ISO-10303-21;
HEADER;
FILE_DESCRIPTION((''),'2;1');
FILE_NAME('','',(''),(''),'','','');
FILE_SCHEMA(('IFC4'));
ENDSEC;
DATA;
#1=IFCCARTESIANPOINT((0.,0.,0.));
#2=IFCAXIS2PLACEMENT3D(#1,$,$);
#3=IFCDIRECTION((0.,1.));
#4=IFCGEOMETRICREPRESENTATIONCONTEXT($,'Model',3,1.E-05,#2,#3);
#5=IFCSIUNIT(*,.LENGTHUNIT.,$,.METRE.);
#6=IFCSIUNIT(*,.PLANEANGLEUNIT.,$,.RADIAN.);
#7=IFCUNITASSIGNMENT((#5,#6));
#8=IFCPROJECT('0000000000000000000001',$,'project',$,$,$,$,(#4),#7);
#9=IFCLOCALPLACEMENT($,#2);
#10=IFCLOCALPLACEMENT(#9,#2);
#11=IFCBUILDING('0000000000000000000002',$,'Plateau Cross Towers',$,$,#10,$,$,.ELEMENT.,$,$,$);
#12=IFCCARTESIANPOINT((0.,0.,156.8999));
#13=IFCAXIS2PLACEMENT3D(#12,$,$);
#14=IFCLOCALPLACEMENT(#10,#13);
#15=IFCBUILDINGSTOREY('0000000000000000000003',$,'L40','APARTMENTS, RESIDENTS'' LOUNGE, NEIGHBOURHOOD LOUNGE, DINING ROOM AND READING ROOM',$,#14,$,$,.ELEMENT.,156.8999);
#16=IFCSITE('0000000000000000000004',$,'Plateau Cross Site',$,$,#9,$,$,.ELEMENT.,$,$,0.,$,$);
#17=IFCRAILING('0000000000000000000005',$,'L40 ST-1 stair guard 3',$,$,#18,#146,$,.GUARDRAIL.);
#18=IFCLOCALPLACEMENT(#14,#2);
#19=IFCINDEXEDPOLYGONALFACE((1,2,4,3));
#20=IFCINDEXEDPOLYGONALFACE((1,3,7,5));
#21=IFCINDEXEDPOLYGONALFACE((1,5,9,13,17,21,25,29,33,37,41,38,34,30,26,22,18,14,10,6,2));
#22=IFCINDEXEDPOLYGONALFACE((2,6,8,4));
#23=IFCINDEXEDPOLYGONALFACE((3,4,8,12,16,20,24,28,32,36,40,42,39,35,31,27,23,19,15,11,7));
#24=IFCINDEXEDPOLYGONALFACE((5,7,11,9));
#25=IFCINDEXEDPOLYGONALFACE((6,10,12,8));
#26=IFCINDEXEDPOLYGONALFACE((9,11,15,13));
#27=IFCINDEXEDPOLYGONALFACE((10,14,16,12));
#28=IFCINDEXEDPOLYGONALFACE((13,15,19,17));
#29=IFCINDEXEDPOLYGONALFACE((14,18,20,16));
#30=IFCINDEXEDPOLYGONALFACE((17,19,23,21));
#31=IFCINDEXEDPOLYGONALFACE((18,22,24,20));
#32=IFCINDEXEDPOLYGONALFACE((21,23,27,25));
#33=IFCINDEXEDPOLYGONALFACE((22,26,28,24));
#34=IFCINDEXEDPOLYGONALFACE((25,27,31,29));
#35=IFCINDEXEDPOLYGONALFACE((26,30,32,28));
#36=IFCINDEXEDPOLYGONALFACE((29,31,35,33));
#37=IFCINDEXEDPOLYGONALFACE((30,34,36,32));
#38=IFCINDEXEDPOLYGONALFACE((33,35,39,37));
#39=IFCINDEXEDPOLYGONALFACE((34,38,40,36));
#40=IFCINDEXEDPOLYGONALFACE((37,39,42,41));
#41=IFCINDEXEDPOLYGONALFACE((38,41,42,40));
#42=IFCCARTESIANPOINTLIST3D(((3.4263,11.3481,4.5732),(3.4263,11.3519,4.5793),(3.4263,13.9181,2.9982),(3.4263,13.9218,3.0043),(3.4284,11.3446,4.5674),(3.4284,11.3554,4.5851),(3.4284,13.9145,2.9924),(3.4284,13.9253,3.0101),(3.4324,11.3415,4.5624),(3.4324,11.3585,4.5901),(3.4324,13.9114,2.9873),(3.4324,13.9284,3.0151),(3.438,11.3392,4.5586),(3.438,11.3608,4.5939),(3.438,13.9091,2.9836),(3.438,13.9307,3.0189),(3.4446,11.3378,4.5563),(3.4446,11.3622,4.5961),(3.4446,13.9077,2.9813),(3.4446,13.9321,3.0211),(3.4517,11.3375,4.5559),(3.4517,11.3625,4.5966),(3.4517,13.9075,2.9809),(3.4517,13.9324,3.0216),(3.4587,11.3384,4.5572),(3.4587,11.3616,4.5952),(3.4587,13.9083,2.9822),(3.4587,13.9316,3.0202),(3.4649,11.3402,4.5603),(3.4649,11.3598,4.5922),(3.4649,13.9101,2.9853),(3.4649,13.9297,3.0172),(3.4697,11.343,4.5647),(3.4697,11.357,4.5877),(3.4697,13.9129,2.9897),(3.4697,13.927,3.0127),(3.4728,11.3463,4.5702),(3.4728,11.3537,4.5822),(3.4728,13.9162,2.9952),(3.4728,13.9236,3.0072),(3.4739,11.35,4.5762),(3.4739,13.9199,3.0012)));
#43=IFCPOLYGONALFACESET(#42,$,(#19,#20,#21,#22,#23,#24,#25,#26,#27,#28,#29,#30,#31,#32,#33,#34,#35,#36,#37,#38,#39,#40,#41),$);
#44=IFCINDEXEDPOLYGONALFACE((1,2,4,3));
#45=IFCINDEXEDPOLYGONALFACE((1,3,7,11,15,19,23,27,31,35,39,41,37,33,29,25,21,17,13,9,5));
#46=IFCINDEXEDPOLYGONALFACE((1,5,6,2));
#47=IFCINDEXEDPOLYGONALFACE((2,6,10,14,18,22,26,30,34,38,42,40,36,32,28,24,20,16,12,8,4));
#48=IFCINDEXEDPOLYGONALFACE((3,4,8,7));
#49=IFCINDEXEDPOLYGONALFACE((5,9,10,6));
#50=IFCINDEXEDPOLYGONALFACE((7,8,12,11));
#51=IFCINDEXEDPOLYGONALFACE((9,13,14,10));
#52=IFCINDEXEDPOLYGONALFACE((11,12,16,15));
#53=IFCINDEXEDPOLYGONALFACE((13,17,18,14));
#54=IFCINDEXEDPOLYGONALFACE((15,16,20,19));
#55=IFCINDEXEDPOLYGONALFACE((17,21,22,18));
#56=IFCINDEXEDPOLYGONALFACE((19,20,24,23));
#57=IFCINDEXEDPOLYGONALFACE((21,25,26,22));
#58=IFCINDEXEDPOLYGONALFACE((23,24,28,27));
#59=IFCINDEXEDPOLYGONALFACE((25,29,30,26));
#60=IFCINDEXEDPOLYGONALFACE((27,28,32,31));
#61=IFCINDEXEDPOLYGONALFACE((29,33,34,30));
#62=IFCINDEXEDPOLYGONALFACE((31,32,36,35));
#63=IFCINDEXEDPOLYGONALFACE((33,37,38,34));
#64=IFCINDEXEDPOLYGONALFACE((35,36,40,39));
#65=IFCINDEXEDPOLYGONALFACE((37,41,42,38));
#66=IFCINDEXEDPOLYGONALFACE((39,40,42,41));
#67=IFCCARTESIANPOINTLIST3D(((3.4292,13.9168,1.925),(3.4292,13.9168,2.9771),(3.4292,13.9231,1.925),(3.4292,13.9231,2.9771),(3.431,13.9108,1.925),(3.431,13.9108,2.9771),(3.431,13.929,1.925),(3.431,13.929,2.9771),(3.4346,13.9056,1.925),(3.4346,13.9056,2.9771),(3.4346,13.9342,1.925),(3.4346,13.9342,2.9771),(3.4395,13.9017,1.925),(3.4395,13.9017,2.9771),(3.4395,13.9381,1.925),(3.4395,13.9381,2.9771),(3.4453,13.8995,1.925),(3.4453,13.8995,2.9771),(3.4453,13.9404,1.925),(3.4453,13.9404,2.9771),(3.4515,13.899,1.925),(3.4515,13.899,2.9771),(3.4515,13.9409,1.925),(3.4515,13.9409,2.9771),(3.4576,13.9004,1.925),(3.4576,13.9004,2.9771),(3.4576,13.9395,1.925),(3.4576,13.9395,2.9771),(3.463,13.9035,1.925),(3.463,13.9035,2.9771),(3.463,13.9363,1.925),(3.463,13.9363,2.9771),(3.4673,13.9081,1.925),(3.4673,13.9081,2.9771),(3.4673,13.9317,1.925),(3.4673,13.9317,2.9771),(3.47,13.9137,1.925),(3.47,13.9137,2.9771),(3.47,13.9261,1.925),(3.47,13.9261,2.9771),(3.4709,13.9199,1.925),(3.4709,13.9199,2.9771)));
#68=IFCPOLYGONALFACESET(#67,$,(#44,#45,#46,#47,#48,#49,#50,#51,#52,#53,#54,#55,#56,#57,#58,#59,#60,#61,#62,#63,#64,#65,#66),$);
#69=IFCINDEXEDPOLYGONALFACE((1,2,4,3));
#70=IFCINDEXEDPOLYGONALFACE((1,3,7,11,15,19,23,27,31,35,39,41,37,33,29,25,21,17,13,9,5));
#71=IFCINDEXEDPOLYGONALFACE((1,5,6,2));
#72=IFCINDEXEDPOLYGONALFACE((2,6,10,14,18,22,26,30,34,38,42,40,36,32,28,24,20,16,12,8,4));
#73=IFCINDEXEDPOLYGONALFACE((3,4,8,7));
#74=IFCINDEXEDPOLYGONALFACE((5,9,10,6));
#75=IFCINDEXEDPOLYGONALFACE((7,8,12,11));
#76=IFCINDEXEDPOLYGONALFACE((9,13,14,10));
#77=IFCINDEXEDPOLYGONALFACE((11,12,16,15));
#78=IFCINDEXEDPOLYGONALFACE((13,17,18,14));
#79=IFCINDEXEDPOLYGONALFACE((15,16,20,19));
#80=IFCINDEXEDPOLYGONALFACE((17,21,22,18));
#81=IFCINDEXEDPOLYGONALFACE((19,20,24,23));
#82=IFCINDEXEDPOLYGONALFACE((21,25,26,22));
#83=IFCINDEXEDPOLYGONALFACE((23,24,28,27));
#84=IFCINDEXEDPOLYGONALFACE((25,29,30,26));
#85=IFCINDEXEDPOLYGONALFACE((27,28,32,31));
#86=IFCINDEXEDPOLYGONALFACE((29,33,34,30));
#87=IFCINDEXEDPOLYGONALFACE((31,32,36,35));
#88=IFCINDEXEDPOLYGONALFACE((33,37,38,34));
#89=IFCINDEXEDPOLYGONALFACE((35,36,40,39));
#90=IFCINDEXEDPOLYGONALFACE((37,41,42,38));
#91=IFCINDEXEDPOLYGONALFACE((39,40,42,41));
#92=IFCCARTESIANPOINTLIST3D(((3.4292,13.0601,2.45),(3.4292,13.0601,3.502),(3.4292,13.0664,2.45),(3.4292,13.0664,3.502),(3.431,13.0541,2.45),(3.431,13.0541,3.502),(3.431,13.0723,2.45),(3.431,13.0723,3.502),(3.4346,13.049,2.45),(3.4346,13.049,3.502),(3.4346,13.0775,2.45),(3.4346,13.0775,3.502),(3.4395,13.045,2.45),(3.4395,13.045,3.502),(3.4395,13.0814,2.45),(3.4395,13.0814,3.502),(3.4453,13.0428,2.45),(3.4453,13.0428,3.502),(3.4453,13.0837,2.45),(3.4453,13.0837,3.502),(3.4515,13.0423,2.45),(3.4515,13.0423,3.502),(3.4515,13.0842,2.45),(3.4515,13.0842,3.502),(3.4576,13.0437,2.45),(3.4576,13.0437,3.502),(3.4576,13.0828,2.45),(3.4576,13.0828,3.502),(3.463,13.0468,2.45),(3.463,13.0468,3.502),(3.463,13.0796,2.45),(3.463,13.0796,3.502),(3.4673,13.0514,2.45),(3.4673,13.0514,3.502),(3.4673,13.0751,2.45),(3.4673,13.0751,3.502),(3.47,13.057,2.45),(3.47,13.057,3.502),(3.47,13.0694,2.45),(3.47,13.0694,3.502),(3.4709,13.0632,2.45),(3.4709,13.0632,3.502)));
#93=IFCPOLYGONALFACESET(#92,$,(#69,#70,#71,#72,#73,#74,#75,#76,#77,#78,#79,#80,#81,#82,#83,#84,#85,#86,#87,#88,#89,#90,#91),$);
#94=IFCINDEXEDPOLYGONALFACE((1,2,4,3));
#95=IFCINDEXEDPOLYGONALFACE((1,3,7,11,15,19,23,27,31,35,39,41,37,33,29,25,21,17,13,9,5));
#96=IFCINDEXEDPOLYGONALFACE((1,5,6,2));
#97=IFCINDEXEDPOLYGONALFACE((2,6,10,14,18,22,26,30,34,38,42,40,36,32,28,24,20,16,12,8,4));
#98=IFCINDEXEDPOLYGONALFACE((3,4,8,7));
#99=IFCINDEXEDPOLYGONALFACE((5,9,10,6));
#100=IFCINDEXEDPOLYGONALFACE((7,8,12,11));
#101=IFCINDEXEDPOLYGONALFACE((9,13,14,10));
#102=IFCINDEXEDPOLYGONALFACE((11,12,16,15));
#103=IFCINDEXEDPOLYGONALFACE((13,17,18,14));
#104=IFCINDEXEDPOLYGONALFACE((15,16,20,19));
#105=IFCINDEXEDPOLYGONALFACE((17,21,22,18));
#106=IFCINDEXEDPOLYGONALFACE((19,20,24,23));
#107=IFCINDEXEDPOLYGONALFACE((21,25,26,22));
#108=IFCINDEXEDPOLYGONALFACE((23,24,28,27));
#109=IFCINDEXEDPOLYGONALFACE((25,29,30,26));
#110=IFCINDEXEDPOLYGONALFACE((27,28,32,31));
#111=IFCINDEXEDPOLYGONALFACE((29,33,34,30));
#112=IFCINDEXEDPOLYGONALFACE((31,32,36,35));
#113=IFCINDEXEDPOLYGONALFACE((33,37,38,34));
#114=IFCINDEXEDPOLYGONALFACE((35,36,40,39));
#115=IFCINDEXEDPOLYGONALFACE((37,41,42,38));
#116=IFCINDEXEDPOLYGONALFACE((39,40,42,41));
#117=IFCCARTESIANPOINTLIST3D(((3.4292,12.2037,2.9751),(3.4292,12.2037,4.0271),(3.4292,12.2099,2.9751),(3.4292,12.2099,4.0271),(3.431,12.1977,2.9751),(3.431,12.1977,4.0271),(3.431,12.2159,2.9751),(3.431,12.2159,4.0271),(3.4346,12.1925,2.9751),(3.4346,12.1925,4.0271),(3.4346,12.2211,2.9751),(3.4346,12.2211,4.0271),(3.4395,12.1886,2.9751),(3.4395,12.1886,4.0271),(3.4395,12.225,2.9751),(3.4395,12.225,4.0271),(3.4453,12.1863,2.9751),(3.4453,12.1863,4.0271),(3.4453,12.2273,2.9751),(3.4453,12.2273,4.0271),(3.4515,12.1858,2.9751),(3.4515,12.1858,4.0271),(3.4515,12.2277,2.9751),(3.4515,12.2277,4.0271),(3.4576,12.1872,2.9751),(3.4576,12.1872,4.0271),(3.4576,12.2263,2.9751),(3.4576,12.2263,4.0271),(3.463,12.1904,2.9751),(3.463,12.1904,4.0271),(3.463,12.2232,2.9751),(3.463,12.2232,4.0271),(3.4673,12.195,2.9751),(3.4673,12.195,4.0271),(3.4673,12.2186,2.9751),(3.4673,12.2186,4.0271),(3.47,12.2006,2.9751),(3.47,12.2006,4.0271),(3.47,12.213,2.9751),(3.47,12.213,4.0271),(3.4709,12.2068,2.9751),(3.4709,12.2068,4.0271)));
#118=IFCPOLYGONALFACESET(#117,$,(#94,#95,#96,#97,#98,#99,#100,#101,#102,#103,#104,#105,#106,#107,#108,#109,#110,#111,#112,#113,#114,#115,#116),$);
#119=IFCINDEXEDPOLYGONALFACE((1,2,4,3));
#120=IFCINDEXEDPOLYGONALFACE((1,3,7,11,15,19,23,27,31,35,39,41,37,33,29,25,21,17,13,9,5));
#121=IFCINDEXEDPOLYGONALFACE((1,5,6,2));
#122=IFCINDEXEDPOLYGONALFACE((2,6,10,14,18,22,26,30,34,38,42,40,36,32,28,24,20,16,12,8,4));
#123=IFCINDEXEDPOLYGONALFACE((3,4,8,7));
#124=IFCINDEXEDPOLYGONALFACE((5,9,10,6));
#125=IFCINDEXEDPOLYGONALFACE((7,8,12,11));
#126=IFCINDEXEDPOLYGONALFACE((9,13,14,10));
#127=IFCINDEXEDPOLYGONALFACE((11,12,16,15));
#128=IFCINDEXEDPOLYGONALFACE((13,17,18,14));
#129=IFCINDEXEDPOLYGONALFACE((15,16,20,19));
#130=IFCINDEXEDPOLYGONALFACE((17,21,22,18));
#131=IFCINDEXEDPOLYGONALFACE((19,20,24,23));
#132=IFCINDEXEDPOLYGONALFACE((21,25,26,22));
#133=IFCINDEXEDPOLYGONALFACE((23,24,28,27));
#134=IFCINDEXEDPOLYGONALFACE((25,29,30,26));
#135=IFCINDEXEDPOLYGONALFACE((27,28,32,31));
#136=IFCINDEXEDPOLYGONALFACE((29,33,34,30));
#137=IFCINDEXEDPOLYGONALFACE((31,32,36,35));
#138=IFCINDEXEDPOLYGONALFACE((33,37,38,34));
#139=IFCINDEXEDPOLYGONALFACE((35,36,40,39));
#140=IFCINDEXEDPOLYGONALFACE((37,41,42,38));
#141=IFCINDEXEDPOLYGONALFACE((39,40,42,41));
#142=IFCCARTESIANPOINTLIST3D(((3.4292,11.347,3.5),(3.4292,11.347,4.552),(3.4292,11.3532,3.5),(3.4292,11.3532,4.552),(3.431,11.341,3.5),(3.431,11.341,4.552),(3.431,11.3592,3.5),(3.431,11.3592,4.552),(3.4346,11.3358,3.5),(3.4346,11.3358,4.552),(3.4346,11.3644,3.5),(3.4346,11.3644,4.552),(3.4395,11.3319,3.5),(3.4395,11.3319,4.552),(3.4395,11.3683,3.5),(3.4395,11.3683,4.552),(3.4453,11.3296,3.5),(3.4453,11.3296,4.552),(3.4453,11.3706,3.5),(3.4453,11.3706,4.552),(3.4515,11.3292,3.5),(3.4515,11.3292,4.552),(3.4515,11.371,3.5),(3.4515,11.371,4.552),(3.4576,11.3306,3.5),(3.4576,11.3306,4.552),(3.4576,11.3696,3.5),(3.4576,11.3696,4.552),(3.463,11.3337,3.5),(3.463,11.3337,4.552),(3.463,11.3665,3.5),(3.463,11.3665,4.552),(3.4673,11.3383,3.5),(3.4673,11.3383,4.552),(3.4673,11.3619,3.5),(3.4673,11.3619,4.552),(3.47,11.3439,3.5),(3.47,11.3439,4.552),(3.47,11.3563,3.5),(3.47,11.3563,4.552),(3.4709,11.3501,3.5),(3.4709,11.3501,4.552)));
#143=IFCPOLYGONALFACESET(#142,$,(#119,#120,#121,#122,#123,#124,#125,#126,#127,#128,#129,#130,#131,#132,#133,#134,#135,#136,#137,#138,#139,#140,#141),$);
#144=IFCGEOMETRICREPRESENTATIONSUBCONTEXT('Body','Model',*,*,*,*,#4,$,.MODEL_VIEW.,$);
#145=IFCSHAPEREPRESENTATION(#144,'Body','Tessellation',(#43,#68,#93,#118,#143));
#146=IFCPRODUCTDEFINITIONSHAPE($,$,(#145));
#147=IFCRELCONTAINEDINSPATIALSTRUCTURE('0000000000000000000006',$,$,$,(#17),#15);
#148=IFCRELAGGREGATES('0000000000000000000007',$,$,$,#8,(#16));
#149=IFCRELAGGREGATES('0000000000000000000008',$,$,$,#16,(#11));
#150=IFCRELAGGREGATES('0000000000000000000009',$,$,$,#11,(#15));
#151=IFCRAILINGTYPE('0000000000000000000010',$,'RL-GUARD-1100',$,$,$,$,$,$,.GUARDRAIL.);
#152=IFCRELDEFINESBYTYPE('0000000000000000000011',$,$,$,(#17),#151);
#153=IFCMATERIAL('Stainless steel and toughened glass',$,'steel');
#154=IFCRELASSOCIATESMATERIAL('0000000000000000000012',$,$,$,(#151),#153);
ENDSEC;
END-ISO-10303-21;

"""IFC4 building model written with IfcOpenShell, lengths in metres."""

from ifc_helpers import new_model, si_unit, direction, frame, origin, origin_2d, place, context, subcontext, project, spatial, circle, extrude, material, type_object, element, save


model = new_model("IFC4")

# Units and contexts
model_context = context("Model", 3, precision=1e-05, world=origin(), true_north=direction((0.0, 1.0)))
body_context = subcontext(model_context, "Body", "Model", "MODEL_VIEW")
ifc_project = project(units=[si_unit("LENGTHUNIT", "METRE"), si_unit("PLANEANGLEUNIT", "RADIAN")], contexts=[model_context])

# Site, building, storey
site_placement = place(None, origin())
site = spatial("IfcSite", under=ifc_project, at=site_placement, Name="Plateau Cross Site", CompositionType="ELEMENT", RefElevation=0.0)
building_placement = place(site_placement, origin())
building = spatial("IfcBuilding", under=site, at=building_placement, Name="Plateau Cross Towers", CompositionType="ELEMENT")
storey_placement = place(building_placement, frame((0.0, 0.0, 156.8999)))
storey = spatial("IfcBuildingStorey", under=building, at=storey_placement, Name="L40", Description="APARTMENTS, RESIDENTS' LOUNGE, NEIGHBOURHOOD LOUNGE, DINING ROOM AND READING ROOM", CompositionType="ELEMENT", Elevation=156.8999)

# Railing
ifc_material_1 = material(Name="Stainless steel and toughened glass", Category="steel")
railing_type = type_object("IfcRailingType", Name="RL-GUARD-1100", PredefinedType="GUARDRAIL", material=ifc_material_1)
railing_1_placement = place(storey_placement, frame((3.45, 13.9199, 1.925)))
element("IfcRailing", 1, at=railing_1_placement, inside=storey, type_object=railing_type, Name="L40 ST-1 stair guard 3", PredefinedType="GUARDRAIL", context=body_context, shape_type="SweptSolid", body=[
    extrude(circle(Radius=0.0239, at=origin_2d()), frame((0.0, 0.0, 1.0762), z_axis=(0.0, -0.852616, 0.522537), x_axis=(1.0, 0.0, 0.0)), (0.0, 0.0, 1.0), 3.0142),
    extrude(circle(Radius=0.021, at=origin_2d()), origin(), (0.0, 0.0, 1.0), 1.052),
    extrude(circle(Radius=0.021, at=origin_2d()), frame((0.0, -0.8567, 0.5249)), (0.0, 0.0, 1.0), 1.052),
    extrude(circle(Radius=0.021, at=origin_2d()), frame((0.0, -1.7131, 1.05)), (0.0, 0.0, 1.0), 1.052),
    extrude(circle(Radius=0.021, at=origin_2d()), frame((0.0, -2.5698, 1.575)), (0.0, 0.0, 1.0), 1.052),
])

save(model, "model.ifc")
